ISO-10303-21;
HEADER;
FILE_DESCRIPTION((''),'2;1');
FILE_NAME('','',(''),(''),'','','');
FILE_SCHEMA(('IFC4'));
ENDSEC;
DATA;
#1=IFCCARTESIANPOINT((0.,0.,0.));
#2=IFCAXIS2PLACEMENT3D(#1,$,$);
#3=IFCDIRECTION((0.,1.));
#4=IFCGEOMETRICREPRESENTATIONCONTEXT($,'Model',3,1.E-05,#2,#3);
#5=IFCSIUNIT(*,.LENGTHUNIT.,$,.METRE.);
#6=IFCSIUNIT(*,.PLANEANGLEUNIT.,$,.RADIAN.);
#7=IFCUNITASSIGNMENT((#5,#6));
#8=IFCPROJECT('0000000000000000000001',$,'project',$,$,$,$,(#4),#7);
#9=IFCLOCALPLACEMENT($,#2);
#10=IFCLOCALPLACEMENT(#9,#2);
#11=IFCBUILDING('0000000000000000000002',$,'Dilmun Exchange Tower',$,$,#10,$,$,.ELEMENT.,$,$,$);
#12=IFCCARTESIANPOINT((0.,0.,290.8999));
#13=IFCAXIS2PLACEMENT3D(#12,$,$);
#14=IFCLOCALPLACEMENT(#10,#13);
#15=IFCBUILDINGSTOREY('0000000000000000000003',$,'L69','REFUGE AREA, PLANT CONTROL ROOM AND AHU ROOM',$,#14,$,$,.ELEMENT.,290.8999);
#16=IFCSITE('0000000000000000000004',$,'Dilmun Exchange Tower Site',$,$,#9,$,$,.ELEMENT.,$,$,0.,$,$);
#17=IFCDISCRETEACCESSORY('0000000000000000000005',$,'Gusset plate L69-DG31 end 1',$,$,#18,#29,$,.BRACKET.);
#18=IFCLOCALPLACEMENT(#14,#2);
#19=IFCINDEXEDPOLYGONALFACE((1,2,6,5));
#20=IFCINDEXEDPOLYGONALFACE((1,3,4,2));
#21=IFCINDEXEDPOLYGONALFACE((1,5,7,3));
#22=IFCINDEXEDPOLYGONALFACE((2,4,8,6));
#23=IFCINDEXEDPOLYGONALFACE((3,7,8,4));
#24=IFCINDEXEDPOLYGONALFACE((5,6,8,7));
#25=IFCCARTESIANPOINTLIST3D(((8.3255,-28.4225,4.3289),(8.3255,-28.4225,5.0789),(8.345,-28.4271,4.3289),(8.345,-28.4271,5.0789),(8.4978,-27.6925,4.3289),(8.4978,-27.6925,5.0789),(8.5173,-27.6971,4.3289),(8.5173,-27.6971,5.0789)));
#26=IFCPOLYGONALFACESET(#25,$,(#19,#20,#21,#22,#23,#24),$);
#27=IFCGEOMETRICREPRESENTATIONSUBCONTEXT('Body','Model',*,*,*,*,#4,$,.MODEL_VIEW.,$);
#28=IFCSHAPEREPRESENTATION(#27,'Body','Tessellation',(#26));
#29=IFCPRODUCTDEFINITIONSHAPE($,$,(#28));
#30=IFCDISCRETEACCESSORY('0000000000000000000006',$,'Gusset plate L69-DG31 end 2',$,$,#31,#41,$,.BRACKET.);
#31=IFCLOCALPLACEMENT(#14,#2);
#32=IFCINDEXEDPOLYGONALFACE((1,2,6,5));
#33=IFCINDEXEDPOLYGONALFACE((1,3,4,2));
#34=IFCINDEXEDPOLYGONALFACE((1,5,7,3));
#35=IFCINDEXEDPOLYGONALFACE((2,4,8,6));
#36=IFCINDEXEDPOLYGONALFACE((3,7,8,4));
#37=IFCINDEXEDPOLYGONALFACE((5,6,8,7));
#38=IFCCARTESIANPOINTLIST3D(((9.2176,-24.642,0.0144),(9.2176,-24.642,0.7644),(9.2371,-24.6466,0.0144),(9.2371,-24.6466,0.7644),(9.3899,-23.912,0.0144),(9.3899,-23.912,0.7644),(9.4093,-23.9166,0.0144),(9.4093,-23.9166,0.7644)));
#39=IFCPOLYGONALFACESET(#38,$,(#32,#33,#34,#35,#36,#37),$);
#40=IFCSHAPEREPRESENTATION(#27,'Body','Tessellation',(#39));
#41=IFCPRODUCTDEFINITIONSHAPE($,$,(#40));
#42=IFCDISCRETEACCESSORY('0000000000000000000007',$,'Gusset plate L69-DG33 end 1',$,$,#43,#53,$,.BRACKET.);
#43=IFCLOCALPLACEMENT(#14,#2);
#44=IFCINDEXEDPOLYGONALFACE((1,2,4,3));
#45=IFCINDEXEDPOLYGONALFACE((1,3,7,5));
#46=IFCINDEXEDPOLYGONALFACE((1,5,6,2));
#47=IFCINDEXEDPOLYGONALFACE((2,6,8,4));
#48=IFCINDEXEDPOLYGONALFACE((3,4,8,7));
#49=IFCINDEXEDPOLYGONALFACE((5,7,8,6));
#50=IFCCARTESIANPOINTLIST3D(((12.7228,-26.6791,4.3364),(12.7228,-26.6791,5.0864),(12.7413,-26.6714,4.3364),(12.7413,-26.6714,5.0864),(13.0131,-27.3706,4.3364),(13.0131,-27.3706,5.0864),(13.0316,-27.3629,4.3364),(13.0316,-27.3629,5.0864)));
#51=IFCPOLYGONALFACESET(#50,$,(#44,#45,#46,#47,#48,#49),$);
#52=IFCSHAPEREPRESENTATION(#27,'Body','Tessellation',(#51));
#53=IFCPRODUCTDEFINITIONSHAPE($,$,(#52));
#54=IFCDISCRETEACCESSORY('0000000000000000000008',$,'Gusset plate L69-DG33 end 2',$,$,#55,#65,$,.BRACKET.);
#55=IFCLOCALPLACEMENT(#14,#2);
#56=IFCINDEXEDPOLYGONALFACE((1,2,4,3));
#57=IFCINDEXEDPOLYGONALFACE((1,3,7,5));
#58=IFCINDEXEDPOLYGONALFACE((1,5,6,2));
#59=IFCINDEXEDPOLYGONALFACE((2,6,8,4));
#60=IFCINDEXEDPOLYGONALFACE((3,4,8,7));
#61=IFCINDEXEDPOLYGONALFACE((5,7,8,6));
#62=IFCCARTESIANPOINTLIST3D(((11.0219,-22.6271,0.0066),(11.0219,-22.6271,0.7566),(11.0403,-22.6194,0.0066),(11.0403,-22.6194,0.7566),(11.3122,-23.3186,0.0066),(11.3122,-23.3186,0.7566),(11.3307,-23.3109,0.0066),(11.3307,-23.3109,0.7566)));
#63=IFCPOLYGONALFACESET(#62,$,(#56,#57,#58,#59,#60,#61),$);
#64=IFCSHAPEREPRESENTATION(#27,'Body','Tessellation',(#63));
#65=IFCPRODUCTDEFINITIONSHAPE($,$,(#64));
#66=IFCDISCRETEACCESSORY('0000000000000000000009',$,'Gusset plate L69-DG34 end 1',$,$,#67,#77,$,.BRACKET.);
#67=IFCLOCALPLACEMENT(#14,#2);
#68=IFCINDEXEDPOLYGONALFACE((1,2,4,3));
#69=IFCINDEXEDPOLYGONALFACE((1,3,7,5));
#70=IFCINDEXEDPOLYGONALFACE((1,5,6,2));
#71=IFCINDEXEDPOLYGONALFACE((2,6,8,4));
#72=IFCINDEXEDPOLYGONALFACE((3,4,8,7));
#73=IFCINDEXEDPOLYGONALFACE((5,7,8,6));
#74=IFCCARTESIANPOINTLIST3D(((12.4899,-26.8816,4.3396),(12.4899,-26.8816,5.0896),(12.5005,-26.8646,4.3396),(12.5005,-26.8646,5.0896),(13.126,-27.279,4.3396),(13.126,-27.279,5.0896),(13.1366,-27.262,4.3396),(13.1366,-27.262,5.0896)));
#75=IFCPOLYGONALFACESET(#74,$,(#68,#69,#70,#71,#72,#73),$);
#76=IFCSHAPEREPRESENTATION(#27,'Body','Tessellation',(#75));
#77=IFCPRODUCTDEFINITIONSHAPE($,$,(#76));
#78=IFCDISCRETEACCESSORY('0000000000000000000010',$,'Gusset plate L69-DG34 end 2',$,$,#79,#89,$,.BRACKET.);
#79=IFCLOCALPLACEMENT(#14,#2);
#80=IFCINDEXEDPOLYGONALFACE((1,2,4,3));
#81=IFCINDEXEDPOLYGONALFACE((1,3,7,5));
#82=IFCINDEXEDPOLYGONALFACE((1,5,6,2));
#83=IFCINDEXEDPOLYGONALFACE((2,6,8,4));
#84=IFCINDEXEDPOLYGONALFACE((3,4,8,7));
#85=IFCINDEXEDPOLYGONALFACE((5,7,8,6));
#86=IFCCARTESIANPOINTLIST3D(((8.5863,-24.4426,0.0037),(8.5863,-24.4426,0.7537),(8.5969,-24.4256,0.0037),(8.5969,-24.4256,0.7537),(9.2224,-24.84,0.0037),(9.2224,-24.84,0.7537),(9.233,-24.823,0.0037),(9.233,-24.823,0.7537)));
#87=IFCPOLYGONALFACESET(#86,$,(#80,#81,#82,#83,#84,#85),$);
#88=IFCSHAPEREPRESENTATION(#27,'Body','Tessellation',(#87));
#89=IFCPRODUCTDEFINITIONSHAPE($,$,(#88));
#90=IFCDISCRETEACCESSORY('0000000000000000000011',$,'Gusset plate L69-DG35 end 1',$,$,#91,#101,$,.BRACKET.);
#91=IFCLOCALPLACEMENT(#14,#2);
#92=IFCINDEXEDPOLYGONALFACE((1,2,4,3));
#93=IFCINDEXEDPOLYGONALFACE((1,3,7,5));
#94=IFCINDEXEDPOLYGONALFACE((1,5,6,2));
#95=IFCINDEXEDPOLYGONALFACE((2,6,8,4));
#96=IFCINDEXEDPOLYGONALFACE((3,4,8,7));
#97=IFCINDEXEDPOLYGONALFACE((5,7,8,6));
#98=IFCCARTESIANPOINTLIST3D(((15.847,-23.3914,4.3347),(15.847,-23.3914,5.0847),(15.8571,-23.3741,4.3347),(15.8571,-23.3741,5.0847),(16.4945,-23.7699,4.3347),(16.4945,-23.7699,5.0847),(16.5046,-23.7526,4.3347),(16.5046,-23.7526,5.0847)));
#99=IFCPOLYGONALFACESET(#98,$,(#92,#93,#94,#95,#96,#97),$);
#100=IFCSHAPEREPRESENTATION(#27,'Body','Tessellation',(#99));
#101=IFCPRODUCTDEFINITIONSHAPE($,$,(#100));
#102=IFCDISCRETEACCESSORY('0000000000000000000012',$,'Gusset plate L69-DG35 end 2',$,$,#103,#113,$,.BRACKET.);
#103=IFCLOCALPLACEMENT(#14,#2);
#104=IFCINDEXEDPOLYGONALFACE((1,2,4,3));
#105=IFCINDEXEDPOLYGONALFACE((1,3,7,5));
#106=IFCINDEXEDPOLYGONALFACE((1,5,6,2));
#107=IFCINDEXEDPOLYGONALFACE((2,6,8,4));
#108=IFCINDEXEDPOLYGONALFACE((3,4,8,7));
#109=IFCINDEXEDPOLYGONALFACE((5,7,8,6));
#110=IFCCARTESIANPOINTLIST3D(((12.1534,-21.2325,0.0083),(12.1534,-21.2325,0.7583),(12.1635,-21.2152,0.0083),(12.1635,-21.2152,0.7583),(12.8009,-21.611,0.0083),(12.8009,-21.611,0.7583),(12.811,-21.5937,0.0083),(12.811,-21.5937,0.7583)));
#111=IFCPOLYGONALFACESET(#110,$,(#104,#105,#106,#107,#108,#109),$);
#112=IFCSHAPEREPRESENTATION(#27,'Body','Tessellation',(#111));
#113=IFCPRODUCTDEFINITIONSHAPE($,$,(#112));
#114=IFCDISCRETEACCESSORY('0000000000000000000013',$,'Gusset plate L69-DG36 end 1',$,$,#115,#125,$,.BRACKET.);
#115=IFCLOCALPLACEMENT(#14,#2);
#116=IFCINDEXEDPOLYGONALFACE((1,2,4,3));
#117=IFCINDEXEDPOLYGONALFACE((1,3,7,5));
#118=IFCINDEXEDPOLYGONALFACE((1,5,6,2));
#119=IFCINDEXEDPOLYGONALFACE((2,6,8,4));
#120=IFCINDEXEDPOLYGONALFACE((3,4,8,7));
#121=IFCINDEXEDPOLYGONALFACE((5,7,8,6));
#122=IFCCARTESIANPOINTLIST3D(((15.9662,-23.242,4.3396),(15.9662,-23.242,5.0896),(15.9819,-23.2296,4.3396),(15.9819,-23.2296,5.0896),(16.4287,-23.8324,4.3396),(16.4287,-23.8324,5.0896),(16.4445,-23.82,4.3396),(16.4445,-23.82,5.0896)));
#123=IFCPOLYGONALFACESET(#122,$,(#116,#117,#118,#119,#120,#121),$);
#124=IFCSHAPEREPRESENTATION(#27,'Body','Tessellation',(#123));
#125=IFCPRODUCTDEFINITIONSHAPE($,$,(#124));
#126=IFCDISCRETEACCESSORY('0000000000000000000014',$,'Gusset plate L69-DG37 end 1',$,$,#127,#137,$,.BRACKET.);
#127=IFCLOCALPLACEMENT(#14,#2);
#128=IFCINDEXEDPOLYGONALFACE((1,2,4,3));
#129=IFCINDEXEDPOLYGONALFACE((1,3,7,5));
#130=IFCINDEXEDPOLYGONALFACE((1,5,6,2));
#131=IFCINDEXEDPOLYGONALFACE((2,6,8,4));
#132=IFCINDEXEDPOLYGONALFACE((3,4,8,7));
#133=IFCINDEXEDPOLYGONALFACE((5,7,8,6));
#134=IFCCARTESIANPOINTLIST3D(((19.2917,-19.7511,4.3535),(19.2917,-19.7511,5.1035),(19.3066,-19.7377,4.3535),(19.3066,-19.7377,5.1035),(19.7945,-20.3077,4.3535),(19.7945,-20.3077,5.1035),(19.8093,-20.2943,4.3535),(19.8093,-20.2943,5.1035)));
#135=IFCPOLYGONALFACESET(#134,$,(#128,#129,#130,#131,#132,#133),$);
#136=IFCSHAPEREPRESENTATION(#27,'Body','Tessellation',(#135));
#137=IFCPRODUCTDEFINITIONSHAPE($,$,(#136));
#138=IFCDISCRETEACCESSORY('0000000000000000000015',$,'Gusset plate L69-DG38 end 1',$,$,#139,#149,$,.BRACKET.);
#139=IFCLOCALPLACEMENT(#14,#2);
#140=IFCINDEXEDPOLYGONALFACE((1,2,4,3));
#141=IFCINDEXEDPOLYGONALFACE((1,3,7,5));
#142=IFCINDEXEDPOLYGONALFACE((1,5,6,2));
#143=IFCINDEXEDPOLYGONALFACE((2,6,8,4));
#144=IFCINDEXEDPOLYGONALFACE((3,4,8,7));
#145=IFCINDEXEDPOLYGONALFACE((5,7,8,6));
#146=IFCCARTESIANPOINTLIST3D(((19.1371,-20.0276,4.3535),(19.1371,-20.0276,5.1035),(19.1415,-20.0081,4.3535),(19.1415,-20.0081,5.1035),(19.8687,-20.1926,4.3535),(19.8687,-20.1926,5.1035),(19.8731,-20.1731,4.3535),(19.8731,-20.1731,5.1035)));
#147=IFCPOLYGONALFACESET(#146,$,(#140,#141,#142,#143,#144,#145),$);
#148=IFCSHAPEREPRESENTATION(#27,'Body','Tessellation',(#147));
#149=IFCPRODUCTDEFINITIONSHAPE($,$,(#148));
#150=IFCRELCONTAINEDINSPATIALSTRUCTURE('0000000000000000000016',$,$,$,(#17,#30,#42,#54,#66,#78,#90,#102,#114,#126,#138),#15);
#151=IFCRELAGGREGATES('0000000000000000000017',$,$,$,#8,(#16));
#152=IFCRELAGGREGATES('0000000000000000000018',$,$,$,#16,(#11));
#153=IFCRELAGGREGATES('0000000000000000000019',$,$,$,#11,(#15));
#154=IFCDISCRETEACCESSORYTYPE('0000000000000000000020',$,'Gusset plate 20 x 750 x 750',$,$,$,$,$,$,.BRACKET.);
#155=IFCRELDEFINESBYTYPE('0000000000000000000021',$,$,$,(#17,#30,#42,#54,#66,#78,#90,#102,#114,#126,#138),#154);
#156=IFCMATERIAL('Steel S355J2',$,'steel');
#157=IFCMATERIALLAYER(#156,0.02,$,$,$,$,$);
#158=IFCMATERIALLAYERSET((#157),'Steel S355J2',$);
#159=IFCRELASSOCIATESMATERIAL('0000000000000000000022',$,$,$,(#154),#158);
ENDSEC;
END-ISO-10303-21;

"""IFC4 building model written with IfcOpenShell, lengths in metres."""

from ifc_helpers import new_model, si_unit, direction, frame, origin, origin_2d, place, context, subcontext, project, spatial, rectangle, extrude, material, layer, layer_set, type_object, element, save


model = new_model("IFC4")

# Units and contexts
model_context = context("Model", 3, precision=1e-05, world=origin(), true_north=direction((0.0, 1.0)))
body_context = subcontext(model_context, "Body", "Model", "MODEL_VIEW")
ifc_project = project(units=[si_unit("LENGTHUNIT", "METRE"), si_unit("PLANEANGLEUNIT", "RADIAN")], contexts=[model_context])

# Site, building, storey
site_placement = place(None, origin())
site = spatial("IfcSite", under=ifc_project, at=site_placement, Name="Dilmun Exchange Tower Site", CompositionType="ELEMENT", RefElevation=0.0)
building_placement = place(site_placement, origin())
building = spatial("IfcBuilding", under=site, at=building_placement, Name="Dilmun Exchange Tower", CompositionType="ELEMENT")
storey_placement = place(building_placement, frame((0.0, 0.0, 290.8999)))
storey = spatial("IfcBuildingStorey", under=building, at=storey_placement, Name="L69", Description="REFUGE AREA, PLANT CONTROL ROOM AND AHU ROOM", CompositionType="ELEMENT", Elevation=290.8999)

# Discrete accessories
ifc_material_1 = material(Name="Steel S355J2", Category="steel")
ifc_layer_1 = layer(ifc_material_1, 0.02)
ifc_layer_set_1 = layer_set([ifc_layer_1], Name="Steel S355J2")
discrete_accessory_type = type_object("IfcDiscreteAccessoryType", Name="Gusset plate 20 x 750 x 750", PredefinedType="BRACKET", material=ifc_layer_set_1)
for number, where, z_axis, x_axis, name in (
    (1, (8.4214, -28.0598, 4.3289), (0.0, 0.0, 1.0), (0.229673, 0.973268, 0.0), "Gusset plate L69-DG31 end 1"),
    (2, (9.3135, -24.2793, 0.0144), (0.0, 0.0, 1.0), (0.229673, 0.973268, 0.0), "Gusset plate L69-DG31 end 2"),
    (3, (12.8772, -27.021, 4.3364), (0.0, 0.0, 1.0), (-0.387094, 0.92204, 0.0), "Gusset plate L69-DG33 end 1"),
    (4, (11.1763, -22.969, 0.0066), (0.0, 0.0, 1.0), (-0.387094, 0.92204, 0.0), "Gusset plate L69-DG33 end 2"),
    (5, (12.8132, -27.0718, 4.3396), (0.0, 0.0, 1.0), (-0.848069, 0.529885, 0.0), "Gusset plate L69-DG34 end 1"),
    (6, (8.9097, -24.6328, 0.0037), (0.0, 0.0, 1.0), (-0.848069, 0.529885, 0.0), "Gusset plate L69-DG34 end 2"),
    (7, (16.1758, -23.572, 4.3347), (0.0, 0.0, 1.0), (-0.863344, 0.504615, 0.0), "Gusset plate L69-DG35 end 1"),
    (8, (12.4822, -21.4131, 0.0083), (0.0, 0.0, 1.0), (-0.863344, 0.504615, 0.0), "Gusset plate L69-DG35 end 2"),
    (9, (16.2053, -23.531, 4.3396), (0.0, 0.0, 1.0), (-0.616698, 0.7872, 0.0), "Gusset plate L69-DG36 end 1"),
    (10, (19.5505, -20.0227, 4.3535), (0.0, 0.0, 1.0), (-0.670349, 0.742046, 0.0), "Gusset plate L69-DG37 end 1"),
    (11, (19.5051, -20.1003, 4.3535), (0.0, 0.0, 1.0), (-0.975516, 0.219928, 0.0), "Gusset plate L69-DG38 end 1"),
):
    element("IfcDiscreteAccessory", number, at=place(storey_placement, frame(where, z_axis=z_axis, x_axis=x_axis)), inside=storey, type_object=discrete_accessory_type, Name=name, PredefinedType="BRACKET", context=body_context, shape_type="SweptSolid", body=[
        extrude(rectangle(XDim=0.75, YDim=0.02, at=origin_2d()), origin(), (0.0, 0.0, 1.0), 0.75),
    ])

save(model, "model.ifc")
